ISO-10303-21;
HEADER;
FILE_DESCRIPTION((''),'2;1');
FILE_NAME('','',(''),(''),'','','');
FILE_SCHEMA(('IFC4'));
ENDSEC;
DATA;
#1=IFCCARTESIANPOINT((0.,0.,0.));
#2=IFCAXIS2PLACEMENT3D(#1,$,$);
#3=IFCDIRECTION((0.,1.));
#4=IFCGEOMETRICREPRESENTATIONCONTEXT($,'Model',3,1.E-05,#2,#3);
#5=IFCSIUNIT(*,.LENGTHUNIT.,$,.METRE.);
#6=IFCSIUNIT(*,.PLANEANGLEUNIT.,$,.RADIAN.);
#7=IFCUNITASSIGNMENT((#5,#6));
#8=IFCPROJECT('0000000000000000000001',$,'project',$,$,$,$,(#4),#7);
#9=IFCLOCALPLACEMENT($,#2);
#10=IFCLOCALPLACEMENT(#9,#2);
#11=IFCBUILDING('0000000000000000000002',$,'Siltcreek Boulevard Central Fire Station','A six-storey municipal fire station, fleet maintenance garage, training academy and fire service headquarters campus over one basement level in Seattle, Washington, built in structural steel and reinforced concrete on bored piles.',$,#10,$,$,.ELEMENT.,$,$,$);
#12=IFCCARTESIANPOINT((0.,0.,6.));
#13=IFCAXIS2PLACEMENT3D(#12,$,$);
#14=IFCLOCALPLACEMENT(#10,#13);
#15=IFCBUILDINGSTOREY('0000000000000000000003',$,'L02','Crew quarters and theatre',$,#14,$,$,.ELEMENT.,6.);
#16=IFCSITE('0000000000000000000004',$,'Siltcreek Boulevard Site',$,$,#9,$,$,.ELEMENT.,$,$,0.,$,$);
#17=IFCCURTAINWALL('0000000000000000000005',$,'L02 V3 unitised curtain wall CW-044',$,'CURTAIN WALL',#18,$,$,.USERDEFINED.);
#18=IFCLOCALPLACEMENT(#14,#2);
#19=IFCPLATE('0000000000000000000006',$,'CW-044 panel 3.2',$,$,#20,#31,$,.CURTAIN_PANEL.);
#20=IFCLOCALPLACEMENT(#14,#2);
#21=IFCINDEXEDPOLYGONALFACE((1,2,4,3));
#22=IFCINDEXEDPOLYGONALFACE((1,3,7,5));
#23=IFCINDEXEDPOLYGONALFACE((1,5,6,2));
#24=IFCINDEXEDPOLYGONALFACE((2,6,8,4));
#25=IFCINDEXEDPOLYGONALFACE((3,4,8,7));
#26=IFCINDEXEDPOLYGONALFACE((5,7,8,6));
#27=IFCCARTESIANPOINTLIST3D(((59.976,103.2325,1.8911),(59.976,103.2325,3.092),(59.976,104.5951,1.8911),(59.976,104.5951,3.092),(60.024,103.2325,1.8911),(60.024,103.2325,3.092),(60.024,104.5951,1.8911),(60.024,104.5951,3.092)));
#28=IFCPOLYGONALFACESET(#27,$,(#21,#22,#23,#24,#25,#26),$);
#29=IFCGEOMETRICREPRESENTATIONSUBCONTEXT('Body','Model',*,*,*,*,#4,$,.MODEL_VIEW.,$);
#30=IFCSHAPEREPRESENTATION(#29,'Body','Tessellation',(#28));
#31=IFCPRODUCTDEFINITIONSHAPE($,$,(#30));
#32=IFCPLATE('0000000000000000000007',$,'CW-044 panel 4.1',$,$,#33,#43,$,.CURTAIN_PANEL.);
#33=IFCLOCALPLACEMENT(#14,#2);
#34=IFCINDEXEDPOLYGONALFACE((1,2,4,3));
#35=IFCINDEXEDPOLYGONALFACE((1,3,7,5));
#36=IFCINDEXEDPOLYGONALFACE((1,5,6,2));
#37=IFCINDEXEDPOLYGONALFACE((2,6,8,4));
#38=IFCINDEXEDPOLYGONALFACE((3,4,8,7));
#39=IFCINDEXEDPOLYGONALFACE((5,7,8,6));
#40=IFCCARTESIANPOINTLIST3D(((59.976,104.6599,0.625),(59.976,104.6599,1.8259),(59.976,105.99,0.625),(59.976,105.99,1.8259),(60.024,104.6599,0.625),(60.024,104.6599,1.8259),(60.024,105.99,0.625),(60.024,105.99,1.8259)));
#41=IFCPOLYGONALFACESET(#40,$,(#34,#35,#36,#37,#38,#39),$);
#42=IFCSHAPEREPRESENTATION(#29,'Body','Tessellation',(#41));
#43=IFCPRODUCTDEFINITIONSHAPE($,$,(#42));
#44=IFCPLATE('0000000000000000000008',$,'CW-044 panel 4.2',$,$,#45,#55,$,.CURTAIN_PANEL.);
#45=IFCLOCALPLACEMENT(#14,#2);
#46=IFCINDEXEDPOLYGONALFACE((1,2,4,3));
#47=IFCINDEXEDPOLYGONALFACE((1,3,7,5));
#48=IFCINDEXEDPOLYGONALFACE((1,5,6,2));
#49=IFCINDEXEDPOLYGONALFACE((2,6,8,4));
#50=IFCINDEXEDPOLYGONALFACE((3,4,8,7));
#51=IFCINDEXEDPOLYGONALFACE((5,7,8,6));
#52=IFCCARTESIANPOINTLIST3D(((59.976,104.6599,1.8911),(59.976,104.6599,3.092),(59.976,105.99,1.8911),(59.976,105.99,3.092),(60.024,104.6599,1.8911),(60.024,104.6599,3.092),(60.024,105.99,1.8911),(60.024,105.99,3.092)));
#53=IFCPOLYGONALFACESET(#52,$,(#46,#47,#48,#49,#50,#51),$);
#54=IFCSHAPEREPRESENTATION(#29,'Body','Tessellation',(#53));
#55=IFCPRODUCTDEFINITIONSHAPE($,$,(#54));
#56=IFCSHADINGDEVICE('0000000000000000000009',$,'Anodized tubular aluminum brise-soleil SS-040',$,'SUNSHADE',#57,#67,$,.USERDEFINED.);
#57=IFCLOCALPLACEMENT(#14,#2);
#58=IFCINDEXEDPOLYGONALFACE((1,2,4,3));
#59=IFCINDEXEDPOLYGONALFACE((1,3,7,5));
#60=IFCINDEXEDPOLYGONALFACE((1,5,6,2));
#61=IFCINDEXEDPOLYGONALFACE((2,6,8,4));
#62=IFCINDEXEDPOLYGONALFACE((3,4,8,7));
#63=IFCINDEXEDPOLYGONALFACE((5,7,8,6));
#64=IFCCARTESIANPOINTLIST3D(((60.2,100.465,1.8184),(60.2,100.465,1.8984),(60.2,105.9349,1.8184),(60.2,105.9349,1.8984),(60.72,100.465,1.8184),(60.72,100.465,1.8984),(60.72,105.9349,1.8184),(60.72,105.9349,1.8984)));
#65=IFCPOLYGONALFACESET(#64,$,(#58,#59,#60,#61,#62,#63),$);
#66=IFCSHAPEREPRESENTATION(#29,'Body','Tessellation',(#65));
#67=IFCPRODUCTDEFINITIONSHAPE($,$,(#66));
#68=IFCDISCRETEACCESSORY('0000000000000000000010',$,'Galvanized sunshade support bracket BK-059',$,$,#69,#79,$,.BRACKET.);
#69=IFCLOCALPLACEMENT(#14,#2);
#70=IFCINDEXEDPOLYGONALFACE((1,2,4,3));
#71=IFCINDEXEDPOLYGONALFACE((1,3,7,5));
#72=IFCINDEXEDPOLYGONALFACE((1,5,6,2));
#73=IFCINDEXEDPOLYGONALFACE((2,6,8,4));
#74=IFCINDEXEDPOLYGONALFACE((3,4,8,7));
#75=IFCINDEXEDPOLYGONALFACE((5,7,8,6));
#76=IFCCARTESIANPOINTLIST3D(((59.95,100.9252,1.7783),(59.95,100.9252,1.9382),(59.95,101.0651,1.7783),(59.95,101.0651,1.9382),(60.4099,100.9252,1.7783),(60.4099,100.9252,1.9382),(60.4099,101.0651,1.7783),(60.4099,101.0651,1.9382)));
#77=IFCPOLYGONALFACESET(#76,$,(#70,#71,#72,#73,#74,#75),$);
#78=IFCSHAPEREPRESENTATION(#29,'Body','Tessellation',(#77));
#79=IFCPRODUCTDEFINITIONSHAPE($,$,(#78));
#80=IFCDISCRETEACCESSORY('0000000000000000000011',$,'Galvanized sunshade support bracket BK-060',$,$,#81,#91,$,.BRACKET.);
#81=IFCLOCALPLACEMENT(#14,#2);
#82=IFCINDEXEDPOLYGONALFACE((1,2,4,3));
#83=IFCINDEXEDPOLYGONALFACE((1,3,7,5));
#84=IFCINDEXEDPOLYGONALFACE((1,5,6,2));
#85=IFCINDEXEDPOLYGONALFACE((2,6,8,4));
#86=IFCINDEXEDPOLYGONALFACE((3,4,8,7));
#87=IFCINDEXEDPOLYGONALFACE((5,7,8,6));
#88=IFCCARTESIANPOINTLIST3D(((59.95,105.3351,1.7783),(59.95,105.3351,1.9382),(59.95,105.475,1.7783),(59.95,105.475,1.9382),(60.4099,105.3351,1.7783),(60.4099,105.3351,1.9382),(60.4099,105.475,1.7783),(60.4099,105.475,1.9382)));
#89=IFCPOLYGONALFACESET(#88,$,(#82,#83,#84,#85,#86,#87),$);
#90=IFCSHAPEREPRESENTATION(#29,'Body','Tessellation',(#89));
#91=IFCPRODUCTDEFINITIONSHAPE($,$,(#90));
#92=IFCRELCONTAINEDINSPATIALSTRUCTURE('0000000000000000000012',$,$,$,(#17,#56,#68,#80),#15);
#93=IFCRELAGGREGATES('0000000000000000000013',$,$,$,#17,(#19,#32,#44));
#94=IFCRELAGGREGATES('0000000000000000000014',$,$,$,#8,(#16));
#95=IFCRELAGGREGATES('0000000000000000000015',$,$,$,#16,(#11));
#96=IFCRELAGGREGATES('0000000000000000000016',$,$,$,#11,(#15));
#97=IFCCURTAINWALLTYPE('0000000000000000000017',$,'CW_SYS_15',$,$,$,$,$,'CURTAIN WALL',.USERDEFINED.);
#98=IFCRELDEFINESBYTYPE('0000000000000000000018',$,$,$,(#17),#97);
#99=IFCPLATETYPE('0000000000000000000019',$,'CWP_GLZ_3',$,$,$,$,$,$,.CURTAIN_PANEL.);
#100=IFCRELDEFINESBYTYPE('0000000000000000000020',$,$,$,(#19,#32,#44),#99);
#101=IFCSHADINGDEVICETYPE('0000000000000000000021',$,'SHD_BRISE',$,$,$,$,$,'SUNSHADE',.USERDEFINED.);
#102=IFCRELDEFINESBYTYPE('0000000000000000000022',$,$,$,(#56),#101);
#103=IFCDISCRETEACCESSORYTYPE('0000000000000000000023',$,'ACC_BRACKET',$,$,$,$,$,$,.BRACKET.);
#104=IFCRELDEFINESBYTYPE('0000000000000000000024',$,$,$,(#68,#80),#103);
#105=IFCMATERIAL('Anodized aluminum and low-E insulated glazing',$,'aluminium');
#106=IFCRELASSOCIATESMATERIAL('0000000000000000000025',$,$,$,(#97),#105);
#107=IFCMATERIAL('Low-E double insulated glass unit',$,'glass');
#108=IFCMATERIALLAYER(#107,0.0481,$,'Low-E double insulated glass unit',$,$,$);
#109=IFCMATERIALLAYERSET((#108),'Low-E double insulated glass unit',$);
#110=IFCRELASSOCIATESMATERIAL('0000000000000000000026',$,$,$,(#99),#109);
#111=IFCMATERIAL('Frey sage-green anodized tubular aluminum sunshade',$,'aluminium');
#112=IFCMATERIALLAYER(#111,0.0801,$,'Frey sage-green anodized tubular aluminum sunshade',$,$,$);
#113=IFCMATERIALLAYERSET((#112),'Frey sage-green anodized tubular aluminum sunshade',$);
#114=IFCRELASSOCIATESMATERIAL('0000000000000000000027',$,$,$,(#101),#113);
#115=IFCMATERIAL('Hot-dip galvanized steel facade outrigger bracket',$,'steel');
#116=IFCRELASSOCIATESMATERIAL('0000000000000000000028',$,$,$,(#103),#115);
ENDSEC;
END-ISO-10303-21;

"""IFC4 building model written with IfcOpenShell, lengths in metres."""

from ifc_helpers import new_model, si_unit, direction, frame, origin, origin_2d, place, context, subcontext, project, spatial, rectangle, extrude, material, layer, layer_set, type_object, element, aggregate, save


model = new_model("IFC4")

# Units and contexts
model_context = context("Model", 3, precision=1e-05, world=origin(), true_north=direction((0.0, 1.0)))
body_context = subcontext(model_context, "Body", "Model", "MODEL_VIEW")
ifc_project = project(units=[si_unit("LENGTHUNIT", "METRE"), si_unit("PLANEANGLEUNIT", "RADIAN")], contexts=[model_context])

# Site, building, storey
site_placement = place(None, origin())
site = spatial("IfcSite", under=ifc_project, at=site_placement, Name="Siltcreek Boulevard Site", CompositionType="ELEMENT", RefElevation=0.0)
building_placement = place(site_placement, origin())
building = spatial("IfcBuilding", under=site, at=building_placement, Name="Siltcreek Boulevard Central Fire Station", Description="A six-storey municipal fire station, fleet maintenance garage, training academy and fire service headquarters campus over one basement level in Seattle, Washington, built in structural steel and reinforced concrete on bored piles.", CompositionType="ELEMENT")
storey_placement = place(building_placement, frame((0.0, 0.0, 6.0)))
storey = spatial("IfcBuildingStorey", under=building, at=storey_placement, Name="L02", Description="Crew quarters and theatre", CompositionType="ELEMENT", Elevation=6.0)

# Curtain wall, plates
ifc_material_1 = material(Name="Anodized aluminum and low-E insulated glazing", Category="aluminium")
curtain_wall_type = type_object("IfcCurtainWallType", Name="CW_SYS_15", ElementType="CURTAIN WALL", PredefinedType="USERDEFINED", material=ifc_material_1)
curtain_wall_placement = place(storey_placement, origin())
curtain_wall = element("IfcCurtainWall", 1, at=curtain_wall_placement, inside=storey, type_object=curtain_wall_type, Name="L02 V3 unitised curtain wall CW-044", ObjectType="CURTAIN WALL", PredefinedType="USERDEFINED")
ifc_material_2 = material(Name="Low-E double insulated glass unit", Category="glass")
ifc_layer_1 = layer(ifc_material_2, 0.0481, Name="Low-E double insulated glass unit")
ifc_layer_set_1 = layer_set([ifc_layer_1], Name="Low-E double insulated glass unit")
plate_type = type_object("IfcPlateType", Name="CWP_GLZ_3", PredefinedType="CURTAIN_PANEL", material=ifc_layer_set_1)
plate_1_placement = place(storey_placement, frame((60.0, 103.9138, 1.8911), z_axis=(0.0, 0.0, 1.0), x_axis=(0.0, 1.0, 0.0)))
plate_1 = element("IfcPlate", 2, at=plate_1_placement, type_object=plate_type, Name="CW-044 panel 3.2", PredefinedType="CURTAIN_PANEL", context=body_context, shape_type="SweptSolid", body=[
    extrude(rectangle(XDim=1.3625, YDim=0.0481, at=origin_2d()), origin(), (0.0, 0.0, 1.0), 1.2009),
])
plate_2_placement = place(storey_placement, frame((60.0, 105.325, 0.625), z_axis=(0.0, 0.0, 1.0), x_axis=(0.0, 1.0, 0.0)))
plate_2 = element("IfcPlate", 3, at=plate_2_placement, type_object=plate_type, Name="CW-044 panel 4.1", PredefinedType="CURTAIN_PANEL", context=body_context, shape_type="SweptSolid", body=[
    extrude(rectangle(XDim=1.3301, YDim=0.0481, at=origin_2d()), origin(), (0.0, 0.0, 1.0), 1.2009),
])
plate_3_placement = place(storey_placement, frame((60.0, 105.325, 1.8911), z_axis=(0.0, 0.0, 1.0), x_axis=(0.0, 1.0, 0.0)))
plate_3 = element("IfcPlate", 4, at=plate_3_placement, type_object=plate_type, Name="CW-044 panel 4.2", PredefinedType="CURTAIN_PANEL", context=body_context, shape_type="SweptSolid", body=[
    extrude(rectangle(XDim=1.3301, YDim=0.0481, at=origin_2d()), origin(), (0.0, 0.0, 1.0), 1.2009),
])
aggregate(curtain_wall, [plate_1, plate_2, plate_3])

# Shading device
ifc_material_3 = material(Name="Frey sage-green anodized tubular aluminum sunshade", Category="aluminium")
ifc_layer_2 = layer(ifc_material_3, 0.0801, Name="Frey sage-green anodized tubular aluminum sunshade")
ifc_layer_set_2 = layer_set([ifc_layer_2], Name="Frey sage-green anodized tubular aluminum sunshade")
shading_device_type = type_object("IfcShadingDeviceType", Name="SHD_BRISE", ElementType="SUNSHADE", PredefinedType="USERDEFINED", material=ifc_layer_set_2)
shading_device_placement = place(storey_placement, frame((60.46, 103.2, 1.8184), z_axis=(0.0, 0.0, 1.0), x_axis=(0.0, 1.0, 0.0)))
element("IfcShadingDevice", 5, at=shading_device_placement, inside=storey, type_object=shading_device_type, Name="Anodized tubular aluminum brise-soleil SS-040", ObjectType="SUNSHADE", PredefinedType="USERDEFINED", context=body_context, shape_type="SweptSolid", body=[
    extrude(rectangle(XDim=5.47, YDim=0.52, at=origin_2d()), origin(), (0.0, 0.0, 1.0), 0.0801),
])

# Discrete accessories
ifc_material_4 = material(Name="Hot-dip galvanized steel facade outrigger bracket", Category="steel")
discrete_accessory_type = type_object("IfcDiscreteAccessoryType", Name="ACC_BRACKET", PredefinedType="BRACKET", material=ifc_material_4)
for number, where, z_axis, x_axis, name in (
    (6, (60.1799, 100.9951, 1.7783), (0.0, 0.0, 1.0), (0.0, 1.0, 0.0), "Galvanized sunshade support bracket BK-059"),
    (7, (60.1799, 105.405, 1.7783), (0.0, 0.0, 1.0), (0.0, 1.0, 0.0), "Galvanized sunshade support bracket BK-060"),
):
    element("IfcDiscreteAccessory", number, at=place(storey_placement, frame(where, z_axis=z_axis, x_axis=x_axis)), inside=storey, type_object=discrete_accessory_type, Name=name, PredefinedType="BRACKET", context=body_context, shape_type="SweptSolid", body=[
        extrude(rectangle(XDim=0.1399, YDim=0.46, at=origin_2d()), origin(), (0.0, 0.0, 1.0), 0.1599),
    ])

save(model, "model.ifc")
